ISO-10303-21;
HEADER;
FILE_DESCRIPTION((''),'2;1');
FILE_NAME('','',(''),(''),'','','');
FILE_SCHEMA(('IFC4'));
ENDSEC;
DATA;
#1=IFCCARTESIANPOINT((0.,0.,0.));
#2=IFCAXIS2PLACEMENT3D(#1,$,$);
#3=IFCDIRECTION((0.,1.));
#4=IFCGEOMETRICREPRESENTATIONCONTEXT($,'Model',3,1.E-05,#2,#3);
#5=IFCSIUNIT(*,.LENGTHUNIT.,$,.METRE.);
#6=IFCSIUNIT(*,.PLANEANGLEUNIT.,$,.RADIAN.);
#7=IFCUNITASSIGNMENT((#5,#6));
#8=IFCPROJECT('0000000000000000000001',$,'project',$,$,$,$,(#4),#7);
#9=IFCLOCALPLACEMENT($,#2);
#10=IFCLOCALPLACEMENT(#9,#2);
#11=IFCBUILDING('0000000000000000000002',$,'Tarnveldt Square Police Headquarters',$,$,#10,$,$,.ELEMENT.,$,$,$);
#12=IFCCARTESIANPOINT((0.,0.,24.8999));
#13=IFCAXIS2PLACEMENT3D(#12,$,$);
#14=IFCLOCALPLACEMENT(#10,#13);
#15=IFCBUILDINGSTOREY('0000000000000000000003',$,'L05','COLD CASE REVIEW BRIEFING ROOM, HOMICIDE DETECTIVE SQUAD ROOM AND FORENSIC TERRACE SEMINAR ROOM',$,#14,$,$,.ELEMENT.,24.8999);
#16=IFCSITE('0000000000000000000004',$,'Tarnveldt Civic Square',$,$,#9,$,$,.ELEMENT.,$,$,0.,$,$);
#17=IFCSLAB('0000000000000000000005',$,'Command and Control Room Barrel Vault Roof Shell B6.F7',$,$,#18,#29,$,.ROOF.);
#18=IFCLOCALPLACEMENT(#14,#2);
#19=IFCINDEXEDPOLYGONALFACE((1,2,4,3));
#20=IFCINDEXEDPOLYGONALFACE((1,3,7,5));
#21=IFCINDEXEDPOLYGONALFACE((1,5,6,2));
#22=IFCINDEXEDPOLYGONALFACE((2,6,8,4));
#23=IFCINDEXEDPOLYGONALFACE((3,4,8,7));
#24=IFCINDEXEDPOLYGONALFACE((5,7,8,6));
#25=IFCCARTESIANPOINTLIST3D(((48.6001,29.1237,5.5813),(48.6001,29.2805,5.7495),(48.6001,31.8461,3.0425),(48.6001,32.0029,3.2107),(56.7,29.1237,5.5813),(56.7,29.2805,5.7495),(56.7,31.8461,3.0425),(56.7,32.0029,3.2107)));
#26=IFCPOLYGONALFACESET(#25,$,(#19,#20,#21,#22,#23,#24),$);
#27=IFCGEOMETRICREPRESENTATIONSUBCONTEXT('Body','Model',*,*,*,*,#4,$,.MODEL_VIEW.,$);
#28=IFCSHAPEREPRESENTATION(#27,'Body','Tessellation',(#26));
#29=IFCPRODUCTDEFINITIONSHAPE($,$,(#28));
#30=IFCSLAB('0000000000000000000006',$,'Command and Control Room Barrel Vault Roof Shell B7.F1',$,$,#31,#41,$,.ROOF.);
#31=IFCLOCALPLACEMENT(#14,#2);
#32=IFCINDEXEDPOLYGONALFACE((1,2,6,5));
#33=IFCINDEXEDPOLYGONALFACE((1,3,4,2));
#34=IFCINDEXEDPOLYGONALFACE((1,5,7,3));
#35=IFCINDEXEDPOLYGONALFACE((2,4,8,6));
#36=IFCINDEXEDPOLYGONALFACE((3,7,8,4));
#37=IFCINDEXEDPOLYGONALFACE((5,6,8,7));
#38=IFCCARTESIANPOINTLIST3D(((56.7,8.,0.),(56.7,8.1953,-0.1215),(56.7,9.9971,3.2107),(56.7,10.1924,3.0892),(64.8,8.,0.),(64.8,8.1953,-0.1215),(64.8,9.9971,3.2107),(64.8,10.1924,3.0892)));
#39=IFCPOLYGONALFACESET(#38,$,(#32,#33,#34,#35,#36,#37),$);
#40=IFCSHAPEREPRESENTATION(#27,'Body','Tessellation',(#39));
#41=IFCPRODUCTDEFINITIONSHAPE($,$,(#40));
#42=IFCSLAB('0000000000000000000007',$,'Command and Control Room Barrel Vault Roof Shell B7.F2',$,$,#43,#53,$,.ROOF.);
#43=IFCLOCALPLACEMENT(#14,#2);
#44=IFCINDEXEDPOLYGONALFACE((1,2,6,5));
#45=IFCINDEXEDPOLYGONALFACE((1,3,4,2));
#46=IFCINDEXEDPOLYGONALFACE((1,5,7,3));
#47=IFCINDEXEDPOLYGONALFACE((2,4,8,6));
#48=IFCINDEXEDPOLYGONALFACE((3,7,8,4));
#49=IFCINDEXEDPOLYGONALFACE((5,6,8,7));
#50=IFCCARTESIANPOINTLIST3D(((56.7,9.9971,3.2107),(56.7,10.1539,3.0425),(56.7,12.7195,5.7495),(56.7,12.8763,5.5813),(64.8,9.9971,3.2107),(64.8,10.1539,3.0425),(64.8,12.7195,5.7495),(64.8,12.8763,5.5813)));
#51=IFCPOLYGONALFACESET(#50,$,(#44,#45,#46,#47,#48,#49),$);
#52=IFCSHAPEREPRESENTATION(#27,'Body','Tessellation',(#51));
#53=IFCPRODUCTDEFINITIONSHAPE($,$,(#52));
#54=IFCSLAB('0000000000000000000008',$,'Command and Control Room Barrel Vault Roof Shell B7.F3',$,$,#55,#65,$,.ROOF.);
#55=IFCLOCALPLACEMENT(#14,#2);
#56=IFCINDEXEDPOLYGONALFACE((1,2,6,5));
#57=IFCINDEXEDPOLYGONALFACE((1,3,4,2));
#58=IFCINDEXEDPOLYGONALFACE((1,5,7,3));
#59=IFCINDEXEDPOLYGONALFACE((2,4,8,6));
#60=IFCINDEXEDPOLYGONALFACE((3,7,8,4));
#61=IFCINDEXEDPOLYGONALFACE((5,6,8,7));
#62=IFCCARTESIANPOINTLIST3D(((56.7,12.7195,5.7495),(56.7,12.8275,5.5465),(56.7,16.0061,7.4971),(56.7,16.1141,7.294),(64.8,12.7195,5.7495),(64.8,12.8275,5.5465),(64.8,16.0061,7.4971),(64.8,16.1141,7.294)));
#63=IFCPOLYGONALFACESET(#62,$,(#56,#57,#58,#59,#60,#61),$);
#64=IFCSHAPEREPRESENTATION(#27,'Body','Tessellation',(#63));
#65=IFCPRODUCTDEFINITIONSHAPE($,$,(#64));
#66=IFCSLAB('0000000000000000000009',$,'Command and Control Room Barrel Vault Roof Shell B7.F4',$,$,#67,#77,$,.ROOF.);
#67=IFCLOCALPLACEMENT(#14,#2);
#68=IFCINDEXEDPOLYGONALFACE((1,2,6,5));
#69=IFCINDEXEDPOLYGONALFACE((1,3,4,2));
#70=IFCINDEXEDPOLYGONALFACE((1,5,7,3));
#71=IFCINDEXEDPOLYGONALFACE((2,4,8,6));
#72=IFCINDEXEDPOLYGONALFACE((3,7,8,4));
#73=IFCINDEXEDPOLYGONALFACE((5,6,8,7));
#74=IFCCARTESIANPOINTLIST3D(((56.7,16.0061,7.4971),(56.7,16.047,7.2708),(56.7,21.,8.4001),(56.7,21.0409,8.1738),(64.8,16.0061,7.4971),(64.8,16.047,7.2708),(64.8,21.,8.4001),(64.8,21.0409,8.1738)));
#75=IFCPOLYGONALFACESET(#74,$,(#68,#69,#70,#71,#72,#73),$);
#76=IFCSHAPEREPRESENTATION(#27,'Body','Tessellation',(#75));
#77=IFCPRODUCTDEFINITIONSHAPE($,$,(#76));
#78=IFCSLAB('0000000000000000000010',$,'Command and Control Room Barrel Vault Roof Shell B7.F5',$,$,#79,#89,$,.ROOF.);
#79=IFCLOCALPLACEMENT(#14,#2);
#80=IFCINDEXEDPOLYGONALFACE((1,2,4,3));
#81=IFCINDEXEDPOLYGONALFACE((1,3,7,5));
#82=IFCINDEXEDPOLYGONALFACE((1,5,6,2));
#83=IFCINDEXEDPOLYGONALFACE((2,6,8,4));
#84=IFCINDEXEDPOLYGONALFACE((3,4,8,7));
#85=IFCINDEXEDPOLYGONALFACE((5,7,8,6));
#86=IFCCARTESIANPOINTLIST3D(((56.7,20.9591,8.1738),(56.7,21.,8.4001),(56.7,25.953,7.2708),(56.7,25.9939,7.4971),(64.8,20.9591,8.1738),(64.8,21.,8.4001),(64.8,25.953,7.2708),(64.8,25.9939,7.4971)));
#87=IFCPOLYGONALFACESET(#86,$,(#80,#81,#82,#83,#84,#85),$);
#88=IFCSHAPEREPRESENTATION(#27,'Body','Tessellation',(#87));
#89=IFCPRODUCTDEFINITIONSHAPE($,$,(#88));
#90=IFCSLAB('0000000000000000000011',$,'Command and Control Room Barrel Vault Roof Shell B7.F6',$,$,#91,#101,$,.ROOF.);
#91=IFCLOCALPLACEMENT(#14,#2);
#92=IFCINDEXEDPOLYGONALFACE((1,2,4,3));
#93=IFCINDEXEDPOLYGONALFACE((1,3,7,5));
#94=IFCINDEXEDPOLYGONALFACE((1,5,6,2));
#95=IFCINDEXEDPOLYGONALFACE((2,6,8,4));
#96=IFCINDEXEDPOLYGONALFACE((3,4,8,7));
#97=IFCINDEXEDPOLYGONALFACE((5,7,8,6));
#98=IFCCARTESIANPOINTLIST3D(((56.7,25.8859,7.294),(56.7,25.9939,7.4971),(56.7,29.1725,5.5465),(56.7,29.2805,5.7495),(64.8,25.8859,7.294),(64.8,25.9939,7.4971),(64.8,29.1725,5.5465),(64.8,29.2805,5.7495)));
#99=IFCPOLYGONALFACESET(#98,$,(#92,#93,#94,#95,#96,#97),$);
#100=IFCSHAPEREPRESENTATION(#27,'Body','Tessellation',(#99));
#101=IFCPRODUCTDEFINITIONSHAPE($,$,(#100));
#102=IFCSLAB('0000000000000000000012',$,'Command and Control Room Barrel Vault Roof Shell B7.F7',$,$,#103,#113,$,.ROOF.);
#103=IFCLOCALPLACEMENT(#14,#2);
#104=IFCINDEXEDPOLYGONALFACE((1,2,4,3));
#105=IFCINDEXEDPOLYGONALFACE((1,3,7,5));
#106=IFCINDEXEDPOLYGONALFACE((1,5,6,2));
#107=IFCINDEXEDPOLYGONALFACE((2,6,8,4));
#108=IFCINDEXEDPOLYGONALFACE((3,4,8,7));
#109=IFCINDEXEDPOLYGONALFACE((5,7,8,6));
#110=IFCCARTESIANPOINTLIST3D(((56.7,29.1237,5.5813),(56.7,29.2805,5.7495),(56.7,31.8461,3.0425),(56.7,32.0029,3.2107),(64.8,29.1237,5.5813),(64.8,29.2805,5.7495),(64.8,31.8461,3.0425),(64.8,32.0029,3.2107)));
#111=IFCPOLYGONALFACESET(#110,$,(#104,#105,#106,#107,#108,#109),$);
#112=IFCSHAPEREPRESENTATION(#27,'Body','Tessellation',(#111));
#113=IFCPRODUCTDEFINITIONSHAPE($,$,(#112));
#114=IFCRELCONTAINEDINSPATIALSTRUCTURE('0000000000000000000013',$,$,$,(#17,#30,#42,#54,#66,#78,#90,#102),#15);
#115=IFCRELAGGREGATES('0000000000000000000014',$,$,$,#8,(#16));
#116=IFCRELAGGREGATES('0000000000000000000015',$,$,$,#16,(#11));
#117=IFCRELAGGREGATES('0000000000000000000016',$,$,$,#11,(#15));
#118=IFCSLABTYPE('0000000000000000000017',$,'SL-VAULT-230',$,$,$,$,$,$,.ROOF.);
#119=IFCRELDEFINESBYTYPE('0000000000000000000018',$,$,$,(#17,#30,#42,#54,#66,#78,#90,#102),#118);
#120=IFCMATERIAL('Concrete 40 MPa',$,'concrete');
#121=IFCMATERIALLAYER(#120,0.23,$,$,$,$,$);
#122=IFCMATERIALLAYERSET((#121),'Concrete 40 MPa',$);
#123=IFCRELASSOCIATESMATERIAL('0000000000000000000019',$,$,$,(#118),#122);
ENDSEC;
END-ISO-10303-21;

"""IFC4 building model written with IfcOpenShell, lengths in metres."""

from ifc_helpers import new_model, si_unit, direction, frame, origin, place, context, subcontext, project, spatial, polyline, outline, extrude, material, layer, layer_set, type_object, element, save


model = new_model("IFC4")

# Units and contexts
model_context = context("Model", 3, precision=1e-05, world=origin(), true_north=direction((0.0, 1.0)))
body_context = subcontext(model_context, "Body", "Model", "MODEL_VIEW")
ifc_project = project(units=[si_unit("LENGTHUNIT", "METRE"), si_unit("PLANEANGLEUNIT", "RADIAN")], contexts=[model_context])

# Site, building, storey
site_placement = place(None, origin())
site = spatial("IfcSite", under=ifc_project, at=site_placement, Name="Tarnveldt Civic Square", CompositionType="ELEMENT", RefElevation=0.0)
building_placement = place(site_placement, origin())
building = spatial("IfcBuilding", under=site, at=building_placement, Name="Tarnveldt Square Police Headquarters", CompositionType="ELEMENT")
storey_placement = place(building_placement, frame((0.0, 0.0, 24.8999)))
storey = spatial("IfcBuildingStorey", under=building, at=storey_placement, Name="L05", Description="COLD CASE REVIEW BRIEFING ROOM, HOMICIDE DETECTIVE SQUAD ROOM AND FORENSIC TERRACE SEMINAR ROOM", CompositionType="ELEMENT", Elevation=24.8999)

# Shared definitions
ifc_material = material(Name="Concrete 40 MPa", Category="concrete")

# Slabs
ifc_layer = layer(ifc_material, 0.23)
ifc_layer_set = layer_set([ifc_layer], Name="Concrete 40 MPa")
slab_type = type_object("IfcSlabType", Name="SL-VAULT-230", PredefinedType="ROOF", material=ifc_layer_set)
slab_1_placement = place(storey_placement, frame((48.6001, 29.2805, 5.7495), z_axis=(0.0, 0.682017, 0.731337), x_axis=(1.0, 0.0, 0.0)))
element("IfcSlab", 1, at=slab_1_placement, inside=storey, type_object=slab_type, Name="Command and Control Room Barrel Vault Roof Shell B6.F7", PredefinedType="ROOF", context=body_context, shape_type="SweptSolid", body=[
    extrude(outline(polyline([(0.0, 0.0), (8.0999, 0.0), (8.0999, 3.7225), (0.0, 3.7225), (0.0, 0.0)])), origin(), (0.0, 0.0, -1.0), 0.23),
])
slab_2_placement = place(storey_placement, frame((56.7, 8.0, 0.0), z_axis=(0.0, -0.849139, 0.528169), x_axis=(1.0, 0.0, 0.0)))
element("IfcSlab", 2, at=slab_2_placement, inside=storey, type_object=slab_type, Name="Command and Control Room Barrel Vault Roof Shell B7.F1", PredefinedType="ROOF", context=body_context, shape_type="SweptSolid", body=[
    extrude(outline(polyline([(0.0, 0.0), (8.1001, 0.0), (8.1001, 3.7811), (0.0, 3.7811), (0.0, 0.0)])), origin(), (0.0, 0.0, -1.0), 0.23),
])
slab_3_placement = place(storey_placement, frame((56.7, 9.9971, 3.2107), z_axis=(0.0, -0.682017, 0.731337), x_axis=(1.0, 0.0, 0.0)))
element("IfcSlab", 3, at=slab_3_placement, inside=storey, type_object=slab_type, Name="Command and Control Room Barrel Vault Roof Shell B7.F2", PredefinedType="ROOF", context=body_context, shape_type="SweptSolid", body=[
    extrude(outline(polyline([(0.0, 0.0), (8.1001, 0.0), (8.1001, 3.7225), (0.0, 3.7225), (0.0, 0.0)])), origin(), (0.0, 0.0, -1.0), 0.23),
])
slab_4_placement = place(storey_placement, frame((56.7, 12.7195, 5.7495), z_axis=(0.0, -0.469478, 0.882944), x_axis=(1.0, 0.0, 0.0)))
element("IfcSlab", 4, at=slab_4_placement, inside=storey, type_object=slab_type, Name="Command and Control Room Barrel Vault Roof Shell B7.F3", PredefinedType="ROOF", context=body_context, shape_type="SweptSolid", body=[
    extrude(outline(polyline([(0.0, 0.0), (8.1001, 0.0), (8.1001, 3.7223), (0.0, 3.7223), (0.0, 0.0)])), origin(), (0.0, 0.0, -1.0), 0.23),
])
for number, where, z_axis, x_axis, name in (
    (5, (56.7, 16.0061, 7.4971), (0.0, -0.17795, 0.98404), (1.0, 0.0, 0.0), "Command and Control Room Barrel Vault Roof Shell B7.F4"),
    (6, (56.7, 21.0, 8.4001), (0.0, 0.17795, 0.98404), (1.0, 0.0, 0.0), "Command and Control Room Barrel Vault Roof Shell B7.F5"),
):
    element("IfcSlab", number, at=place(storey_placement, frame(where, z_axis=z_axis, x_axis=x_axis)), inside=storey, type_object=slab_type, Name=name, PredefinedType="ROOF", context=body_context, shape_type="SweptSolid", body=[
        extrude(outline(polyline([(0.0, 0.0), (8.1001, 0.0), (8.1001, 5.0749), (0.0, 5.0749), (0.0, 0.0)])), origin(), (0.0, 0.0, -1.0), 0.23),
    ])
slab_5_placement = place(storey_placement, frame((56.7, 25.9939, 7.4971), z_axis=(0.0, 0.469478, 0.882944), x_axis=(1.0, 0.0, 0.0)))
element("IfcSlab", 7, at=slab_5_placement, inside=storey, type_object=slab_type, Name="Command and Control Room Barrel Vault Roof Shell B7.F6", PredefinedType="ROOF", context=body_context, shape_type="SweptSolid", body=[
    extrude(outline(polyline([(0.0, 0.0), (8.1001, 0.0), (8.1001, 3.7223), (0.0, 3.7223), (0.0, 0.0)])), origin(), (0.0, 0.0, -1.0), 0.23),
])
slab_6_placement = place(storey_placement, frame((56.7, 29.2805, 5.7495), z_axis=(0.0, 0.682017, 0.731337), x_axis=(1.0, 0.0, 0.0)))
element("IfcSlab", 8, at=slab_6_placement, inside=storey, type_object=slab_type, Name="Command and Control Room Barrel Vault Roof Shell B7.F7", PredefinedType="ROOF", context=body_context, shape_type="SweptSolid", body=[
    extrude(outline(polyline([(0.0, 0.0), (8.1001, 0.0), (8.1001, 3.7225), (0.0, 3.7225), (0.0, 0.0)])), origin(), (0.0, 0.0, -1.0), 0.23),
])

save(model, "model.ifc")
